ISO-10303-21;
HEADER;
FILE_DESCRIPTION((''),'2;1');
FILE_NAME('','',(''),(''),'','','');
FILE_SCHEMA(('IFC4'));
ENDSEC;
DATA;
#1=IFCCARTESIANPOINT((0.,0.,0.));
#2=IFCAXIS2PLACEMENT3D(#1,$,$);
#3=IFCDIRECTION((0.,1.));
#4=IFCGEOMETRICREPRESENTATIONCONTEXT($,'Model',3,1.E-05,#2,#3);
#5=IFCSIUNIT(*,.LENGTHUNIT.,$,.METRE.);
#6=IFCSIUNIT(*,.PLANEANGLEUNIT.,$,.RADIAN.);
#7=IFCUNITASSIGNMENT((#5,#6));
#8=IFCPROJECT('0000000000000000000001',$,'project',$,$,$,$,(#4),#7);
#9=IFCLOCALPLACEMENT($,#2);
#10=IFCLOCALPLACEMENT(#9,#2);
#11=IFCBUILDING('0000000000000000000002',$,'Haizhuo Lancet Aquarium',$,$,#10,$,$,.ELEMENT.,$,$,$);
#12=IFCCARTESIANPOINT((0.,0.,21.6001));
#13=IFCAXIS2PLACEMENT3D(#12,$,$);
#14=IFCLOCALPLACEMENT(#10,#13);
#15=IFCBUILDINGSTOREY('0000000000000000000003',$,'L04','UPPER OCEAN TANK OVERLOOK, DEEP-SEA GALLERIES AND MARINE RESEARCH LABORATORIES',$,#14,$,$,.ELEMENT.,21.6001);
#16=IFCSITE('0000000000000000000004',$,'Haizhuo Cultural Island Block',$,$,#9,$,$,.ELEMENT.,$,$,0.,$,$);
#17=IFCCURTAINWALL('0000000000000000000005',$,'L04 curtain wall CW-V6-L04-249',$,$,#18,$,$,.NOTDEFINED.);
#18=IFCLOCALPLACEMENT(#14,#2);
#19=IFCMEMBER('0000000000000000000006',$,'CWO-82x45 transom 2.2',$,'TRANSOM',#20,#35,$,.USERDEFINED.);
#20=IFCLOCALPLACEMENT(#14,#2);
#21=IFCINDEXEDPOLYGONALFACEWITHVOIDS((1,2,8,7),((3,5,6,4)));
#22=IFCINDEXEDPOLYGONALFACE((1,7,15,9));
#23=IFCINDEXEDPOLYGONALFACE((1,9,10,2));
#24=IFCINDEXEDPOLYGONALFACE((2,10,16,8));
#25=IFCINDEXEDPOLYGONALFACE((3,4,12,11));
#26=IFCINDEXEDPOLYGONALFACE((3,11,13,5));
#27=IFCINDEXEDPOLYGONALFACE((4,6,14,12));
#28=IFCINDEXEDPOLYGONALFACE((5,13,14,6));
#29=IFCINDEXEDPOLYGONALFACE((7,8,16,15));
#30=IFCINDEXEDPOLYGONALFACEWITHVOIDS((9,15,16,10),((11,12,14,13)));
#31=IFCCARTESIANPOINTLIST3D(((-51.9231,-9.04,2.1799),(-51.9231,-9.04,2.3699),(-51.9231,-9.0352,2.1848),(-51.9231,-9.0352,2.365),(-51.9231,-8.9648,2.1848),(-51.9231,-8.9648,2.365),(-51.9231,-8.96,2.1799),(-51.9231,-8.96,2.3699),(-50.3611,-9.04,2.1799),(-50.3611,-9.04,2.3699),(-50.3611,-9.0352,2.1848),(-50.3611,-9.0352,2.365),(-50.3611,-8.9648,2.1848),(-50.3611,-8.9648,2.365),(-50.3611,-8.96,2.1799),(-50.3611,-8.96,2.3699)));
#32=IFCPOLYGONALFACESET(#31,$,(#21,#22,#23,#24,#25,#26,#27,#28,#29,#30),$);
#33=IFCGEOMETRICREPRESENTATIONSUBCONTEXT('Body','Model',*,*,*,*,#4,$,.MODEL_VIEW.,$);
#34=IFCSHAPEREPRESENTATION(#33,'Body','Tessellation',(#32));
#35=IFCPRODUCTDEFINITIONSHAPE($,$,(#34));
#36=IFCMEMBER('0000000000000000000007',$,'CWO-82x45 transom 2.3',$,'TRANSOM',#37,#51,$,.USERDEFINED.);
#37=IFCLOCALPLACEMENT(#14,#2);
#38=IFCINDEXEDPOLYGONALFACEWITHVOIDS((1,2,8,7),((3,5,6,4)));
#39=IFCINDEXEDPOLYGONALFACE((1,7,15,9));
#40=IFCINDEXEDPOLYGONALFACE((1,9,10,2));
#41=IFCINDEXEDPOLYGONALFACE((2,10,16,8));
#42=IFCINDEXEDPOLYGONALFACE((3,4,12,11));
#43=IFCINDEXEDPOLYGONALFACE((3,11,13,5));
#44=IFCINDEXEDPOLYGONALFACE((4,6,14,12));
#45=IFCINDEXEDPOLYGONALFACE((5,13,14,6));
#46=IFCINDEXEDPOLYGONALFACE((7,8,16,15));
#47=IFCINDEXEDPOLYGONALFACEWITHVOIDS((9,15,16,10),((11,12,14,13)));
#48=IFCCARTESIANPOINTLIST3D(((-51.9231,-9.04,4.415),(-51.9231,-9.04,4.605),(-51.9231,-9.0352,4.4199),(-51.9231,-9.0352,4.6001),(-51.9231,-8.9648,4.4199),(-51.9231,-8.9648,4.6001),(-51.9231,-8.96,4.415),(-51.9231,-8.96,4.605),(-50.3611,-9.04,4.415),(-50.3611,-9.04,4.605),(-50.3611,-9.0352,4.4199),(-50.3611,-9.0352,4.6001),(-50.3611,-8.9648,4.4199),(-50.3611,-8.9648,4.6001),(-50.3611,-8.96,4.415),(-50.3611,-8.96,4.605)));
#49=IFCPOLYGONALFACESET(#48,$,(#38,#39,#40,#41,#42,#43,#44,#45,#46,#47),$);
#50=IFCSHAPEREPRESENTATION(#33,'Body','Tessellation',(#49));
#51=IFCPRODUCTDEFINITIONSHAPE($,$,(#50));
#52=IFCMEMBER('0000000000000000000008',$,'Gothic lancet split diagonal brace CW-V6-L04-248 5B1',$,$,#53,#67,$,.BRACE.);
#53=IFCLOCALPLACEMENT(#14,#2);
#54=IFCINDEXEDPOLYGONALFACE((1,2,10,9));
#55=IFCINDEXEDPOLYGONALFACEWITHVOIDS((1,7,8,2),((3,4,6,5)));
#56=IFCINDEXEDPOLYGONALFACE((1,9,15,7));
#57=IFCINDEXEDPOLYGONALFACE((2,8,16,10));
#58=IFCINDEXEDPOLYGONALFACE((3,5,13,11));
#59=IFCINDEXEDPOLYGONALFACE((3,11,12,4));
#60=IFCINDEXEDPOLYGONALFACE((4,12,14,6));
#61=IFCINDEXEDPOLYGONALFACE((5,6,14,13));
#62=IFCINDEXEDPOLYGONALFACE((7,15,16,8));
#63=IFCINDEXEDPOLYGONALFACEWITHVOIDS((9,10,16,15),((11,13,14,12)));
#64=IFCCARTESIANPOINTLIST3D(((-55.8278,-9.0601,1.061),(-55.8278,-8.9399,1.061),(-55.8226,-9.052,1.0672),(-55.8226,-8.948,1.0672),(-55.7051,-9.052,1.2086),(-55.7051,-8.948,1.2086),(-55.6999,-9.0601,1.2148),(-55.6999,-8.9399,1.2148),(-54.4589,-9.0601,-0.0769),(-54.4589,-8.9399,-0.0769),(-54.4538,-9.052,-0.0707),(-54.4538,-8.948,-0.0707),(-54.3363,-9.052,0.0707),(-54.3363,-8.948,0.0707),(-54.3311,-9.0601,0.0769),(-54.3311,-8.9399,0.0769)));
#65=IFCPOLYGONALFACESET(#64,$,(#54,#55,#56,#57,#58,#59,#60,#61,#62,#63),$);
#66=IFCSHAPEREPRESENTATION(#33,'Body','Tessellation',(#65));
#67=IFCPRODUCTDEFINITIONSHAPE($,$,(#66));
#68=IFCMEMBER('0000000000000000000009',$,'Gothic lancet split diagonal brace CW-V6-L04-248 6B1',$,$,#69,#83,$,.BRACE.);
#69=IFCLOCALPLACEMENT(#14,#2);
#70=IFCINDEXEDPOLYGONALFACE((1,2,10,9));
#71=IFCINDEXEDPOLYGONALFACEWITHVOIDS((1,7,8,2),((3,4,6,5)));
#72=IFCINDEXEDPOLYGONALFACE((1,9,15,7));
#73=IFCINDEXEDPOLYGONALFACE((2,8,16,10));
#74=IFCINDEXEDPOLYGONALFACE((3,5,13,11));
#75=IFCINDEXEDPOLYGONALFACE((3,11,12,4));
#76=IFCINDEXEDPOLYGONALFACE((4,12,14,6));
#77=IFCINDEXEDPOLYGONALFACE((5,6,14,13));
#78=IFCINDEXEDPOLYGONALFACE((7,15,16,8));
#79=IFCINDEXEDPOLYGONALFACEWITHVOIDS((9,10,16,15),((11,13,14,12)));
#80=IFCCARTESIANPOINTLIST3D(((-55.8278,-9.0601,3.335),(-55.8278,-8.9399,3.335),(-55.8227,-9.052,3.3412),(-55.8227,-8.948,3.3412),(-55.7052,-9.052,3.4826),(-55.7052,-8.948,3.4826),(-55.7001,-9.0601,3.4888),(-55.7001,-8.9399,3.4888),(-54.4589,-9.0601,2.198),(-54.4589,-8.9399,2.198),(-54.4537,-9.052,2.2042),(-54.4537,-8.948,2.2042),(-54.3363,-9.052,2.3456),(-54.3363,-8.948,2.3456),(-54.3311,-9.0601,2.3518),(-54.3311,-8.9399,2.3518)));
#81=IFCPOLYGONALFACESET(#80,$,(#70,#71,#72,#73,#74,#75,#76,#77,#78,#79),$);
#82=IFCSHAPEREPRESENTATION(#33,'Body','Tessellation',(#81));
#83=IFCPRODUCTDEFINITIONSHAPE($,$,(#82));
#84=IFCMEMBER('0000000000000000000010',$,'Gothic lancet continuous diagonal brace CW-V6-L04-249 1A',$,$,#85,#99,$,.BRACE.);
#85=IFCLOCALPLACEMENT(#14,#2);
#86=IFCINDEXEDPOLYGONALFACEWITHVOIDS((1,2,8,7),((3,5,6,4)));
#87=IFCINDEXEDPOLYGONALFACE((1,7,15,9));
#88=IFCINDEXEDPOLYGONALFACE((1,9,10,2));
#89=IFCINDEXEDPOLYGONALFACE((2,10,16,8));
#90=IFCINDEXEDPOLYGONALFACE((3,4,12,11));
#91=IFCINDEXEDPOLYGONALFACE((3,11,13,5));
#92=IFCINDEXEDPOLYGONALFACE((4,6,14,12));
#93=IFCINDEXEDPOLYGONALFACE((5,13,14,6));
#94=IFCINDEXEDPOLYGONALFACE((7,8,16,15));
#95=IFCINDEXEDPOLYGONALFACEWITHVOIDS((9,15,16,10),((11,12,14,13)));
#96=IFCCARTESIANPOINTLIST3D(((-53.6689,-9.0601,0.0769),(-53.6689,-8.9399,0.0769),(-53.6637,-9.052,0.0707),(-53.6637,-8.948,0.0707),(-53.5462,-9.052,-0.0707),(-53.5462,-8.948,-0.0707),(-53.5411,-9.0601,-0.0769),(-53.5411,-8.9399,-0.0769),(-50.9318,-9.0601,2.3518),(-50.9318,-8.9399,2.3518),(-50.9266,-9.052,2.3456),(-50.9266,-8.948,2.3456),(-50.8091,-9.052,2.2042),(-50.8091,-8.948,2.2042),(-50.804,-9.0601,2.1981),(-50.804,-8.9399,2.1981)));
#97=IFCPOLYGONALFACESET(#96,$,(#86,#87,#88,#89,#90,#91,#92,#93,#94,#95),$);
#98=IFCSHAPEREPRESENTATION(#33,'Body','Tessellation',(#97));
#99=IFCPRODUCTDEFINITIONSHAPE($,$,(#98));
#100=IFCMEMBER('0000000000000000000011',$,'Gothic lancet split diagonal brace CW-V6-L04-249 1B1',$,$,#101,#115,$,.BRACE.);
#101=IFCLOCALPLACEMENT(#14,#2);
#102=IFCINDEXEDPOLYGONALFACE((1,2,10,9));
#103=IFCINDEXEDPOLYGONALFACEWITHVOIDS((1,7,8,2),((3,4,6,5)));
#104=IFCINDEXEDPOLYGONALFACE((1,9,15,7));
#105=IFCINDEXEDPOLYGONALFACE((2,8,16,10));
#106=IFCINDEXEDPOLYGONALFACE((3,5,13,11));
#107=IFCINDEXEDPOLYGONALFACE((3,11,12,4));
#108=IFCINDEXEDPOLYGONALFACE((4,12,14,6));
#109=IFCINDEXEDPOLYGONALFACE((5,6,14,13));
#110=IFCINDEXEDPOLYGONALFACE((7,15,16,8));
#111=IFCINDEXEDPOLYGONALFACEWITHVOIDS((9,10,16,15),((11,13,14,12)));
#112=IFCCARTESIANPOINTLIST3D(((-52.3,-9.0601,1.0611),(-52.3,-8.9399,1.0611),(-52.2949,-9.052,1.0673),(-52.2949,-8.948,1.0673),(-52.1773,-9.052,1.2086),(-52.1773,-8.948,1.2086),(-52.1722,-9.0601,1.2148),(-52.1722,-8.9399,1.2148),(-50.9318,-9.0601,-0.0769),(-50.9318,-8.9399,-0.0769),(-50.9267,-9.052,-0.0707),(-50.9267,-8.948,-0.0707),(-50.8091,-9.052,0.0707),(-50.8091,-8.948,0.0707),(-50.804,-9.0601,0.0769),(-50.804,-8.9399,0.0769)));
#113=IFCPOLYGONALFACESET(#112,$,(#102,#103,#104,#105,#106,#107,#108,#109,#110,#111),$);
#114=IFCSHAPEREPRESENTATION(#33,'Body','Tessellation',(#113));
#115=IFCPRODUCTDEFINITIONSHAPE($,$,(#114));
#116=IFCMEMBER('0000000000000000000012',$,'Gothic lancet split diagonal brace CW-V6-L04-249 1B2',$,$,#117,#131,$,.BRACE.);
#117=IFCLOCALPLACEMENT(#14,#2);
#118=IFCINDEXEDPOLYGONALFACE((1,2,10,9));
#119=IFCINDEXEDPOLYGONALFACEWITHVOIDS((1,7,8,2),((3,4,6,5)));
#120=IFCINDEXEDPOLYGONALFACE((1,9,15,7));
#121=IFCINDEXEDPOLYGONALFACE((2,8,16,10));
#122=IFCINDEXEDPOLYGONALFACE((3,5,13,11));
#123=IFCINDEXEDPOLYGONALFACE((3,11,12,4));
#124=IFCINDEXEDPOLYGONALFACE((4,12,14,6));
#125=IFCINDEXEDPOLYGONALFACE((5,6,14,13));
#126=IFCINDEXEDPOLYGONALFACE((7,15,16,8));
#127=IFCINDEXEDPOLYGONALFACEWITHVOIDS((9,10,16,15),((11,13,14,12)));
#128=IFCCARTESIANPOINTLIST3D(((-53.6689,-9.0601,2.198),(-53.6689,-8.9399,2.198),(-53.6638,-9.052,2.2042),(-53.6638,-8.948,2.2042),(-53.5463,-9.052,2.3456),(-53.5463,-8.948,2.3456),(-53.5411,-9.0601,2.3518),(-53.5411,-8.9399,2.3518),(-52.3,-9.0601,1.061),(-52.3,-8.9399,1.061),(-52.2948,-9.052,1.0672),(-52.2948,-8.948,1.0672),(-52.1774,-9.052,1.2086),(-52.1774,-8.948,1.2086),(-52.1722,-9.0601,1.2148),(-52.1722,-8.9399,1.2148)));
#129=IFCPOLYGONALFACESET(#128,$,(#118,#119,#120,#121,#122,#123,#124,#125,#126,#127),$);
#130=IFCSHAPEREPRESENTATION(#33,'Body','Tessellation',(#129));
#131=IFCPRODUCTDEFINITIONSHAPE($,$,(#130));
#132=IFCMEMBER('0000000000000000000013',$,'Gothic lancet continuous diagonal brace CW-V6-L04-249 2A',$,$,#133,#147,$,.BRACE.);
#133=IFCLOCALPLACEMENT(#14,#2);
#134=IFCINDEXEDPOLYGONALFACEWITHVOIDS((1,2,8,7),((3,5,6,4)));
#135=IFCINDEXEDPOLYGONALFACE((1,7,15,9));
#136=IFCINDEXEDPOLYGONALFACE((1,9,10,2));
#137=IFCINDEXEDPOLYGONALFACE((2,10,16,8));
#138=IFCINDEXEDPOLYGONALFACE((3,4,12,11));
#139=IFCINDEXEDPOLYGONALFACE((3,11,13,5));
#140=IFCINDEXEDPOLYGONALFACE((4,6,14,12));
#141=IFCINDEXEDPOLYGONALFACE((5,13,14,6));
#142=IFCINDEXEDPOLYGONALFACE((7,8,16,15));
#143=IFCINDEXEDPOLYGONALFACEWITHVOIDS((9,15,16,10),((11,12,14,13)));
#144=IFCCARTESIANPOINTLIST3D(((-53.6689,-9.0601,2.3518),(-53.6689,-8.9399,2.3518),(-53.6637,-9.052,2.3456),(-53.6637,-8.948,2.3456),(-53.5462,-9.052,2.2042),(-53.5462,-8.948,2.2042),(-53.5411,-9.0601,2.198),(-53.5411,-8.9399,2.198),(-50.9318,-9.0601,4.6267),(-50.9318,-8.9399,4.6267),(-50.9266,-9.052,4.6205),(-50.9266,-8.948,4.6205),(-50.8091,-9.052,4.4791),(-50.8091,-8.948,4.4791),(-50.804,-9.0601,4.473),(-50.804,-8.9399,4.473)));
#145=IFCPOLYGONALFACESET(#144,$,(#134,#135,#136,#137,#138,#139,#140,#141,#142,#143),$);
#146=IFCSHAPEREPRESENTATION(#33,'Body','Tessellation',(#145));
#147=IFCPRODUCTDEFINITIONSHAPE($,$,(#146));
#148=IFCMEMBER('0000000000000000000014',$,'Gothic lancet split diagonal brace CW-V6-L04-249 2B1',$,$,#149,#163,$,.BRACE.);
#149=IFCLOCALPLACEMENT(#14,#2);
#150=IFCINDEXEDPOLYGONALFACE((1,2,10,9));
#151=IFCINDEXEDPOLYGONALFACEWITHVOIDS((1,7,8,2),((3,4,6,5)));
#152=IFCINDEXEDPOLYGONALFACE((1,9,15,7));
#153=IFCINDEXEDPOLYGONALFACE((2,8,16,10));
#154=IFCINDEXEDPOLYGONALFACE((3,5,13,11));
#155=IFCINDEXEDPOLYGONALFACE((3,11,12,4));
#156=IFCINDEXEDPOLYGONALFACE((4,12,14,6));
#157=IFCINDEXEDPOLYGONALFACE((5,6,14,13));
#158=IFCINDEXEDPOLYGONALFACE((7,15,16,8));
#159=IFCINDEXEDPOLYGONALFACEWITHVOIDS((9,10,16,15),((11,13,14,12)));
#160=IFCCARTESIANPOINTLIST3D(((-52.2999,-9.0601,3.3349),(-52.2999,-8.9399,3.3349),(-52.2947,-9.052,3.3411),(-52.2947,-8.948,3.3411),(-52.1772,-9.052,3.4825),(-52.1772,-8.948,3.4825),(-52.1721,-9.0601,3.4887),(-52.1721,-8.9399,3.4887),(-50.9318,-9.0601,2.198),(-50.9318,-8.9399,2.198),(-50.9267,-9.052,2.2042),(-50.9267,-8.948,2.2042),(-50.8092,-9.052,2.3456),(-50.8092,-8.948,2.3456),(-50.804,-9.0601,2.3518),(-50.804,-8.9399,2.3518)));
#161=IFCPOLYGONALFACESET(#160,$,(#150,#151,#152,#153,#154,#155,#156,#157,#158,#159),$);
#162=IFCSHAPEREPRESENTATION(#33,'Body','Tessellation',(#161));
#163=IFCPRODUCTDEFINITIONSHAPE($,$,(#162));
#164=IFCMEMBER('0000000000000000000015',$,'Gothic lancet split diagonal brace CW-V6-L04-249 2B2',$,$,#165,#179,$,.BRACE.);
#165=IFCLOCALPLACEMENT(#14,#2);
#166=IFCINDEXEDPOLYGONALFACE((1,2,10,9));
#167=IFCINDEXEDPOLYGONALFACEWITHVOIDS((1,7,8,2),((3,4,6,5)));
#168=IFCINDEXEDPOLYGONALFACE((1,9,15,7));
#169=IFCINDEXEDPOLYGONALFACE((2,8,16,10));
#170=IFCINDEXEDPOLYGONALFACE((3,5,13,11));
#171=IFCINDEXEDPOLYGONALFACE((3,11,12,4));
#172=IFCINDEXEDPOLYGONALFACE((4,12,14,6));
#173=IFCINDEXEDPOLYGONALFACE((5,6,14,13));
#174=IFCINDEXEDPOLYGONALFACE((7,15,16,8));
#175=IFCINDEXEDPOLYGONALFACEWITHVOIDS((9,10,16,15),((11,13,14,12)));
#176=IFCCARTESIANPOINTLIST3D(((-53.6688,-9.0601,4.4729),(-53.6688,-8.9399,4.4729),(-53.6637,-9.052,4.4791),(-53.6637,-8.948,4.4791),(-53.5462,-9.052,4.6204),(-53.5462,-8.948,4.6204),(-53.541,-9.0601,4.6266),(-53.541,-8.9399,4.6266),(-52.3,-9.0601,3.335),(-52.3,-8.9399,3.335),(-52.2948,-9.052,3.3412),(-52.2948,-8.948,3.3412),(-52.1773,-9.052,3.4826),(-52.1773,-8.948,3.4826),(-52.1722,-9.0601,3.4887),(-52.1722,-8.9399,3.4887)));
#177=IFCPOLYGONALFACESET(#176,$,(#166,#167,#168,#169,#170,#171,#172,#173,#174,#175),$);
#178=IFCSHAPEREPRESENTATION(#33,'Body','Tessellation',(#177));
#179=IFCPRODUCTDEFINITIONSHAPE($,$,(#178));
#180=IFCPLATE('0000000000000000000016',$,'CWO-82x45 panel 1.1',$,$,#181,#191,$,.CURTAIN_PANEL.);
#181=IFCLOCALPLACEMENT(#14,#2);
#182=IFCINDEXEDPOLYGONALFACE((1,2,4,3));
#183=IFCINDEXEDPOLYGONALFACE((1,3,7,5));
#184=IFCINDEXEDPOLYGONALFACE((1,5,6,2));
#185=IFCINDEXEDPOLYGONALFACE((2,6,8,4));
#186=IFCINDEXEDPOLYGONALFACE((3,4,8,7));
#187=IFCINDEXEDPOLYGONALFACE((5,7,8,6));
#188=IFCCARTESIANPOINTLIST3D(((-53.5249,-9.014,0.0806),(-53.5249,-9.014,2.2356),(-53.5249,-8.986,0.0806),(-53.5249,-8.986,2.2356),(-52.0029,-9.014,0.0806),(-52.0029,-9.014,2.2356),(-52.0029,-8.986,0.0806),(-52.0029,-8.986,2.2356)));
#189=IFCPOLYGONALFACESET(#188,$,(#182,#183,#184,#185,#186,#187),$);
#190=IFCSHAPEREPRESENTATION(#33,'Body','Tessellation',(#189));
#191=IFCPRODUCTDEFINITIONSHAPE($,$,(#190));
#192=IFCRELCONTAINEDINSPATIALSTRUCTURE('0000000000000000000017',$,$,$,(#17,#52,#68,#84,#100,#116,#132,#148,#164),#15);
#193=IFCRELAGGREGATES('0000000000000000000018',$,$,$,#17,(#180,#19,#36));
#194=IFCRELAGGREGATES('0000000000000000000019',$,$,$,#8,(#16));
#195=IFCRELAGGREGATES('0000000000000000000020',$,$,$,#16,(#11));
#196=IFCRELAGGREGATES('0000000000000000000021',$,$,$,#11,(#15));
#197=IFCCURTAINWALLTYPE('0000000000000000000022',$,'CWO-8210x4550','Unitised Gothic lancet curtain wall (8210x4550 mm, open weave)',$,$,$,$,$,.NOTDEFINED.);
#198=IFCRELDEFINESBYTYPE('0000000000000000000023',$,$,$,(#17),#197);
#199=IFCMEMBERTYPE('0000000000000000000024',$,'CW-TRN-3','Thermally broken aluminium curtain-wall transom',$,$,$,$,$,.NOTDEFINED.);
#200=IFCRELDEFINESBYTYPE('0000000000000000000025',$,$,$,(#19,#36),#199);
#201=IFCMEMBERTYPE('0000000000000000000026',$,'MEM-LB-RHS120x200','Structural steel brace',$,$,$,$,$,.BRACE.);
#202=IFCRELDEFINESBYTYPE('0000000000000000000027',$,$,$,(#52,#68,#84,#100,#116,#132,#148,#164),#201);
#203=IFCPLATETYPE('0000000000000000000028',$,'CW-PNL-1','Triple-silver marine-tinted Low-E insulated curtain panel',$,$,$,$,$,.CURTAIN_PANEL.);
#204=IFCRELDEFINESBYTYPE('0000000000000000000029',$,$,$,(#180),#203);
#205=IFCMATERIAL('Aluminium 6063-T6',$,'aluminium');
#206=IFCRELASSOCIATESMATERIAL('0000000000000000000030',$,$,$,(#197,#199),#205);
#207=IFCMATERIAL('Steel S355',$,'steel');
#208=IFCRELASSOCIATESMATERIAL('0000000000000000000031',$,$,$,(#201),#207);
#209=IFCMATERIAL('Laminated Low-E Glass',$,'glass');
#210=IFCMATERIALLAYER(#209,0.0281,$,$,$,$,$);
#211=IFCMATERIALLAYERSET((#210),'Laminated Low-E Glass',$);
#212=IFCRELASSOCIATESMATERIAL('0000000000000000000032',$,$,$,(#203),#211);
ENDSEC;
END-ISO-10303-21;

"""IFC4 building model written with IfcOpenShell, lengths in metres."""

from ifc_helpers import new_model, si_unit, direction, frame, origin, origin_2d, place, context, subcontext, project, spatial, rectangle, hollow_rectangle, extrude, material, layer, layer_set, material_profile, profile_set, type_object, element, aggregate, save


model = new_model("IFC4")

# Units and contexts
model_context = context("Model", 3, precision=1e-05, world=origin(), true_north=direction((0.0, 1.0)))
body_context = subcontext(model_context, "Body", "Model", "MODEL_VIEW")
ifc_project = project(units=[si_unit("LENGTHUNIT", "METRE"), si_unit("PLANEANGLEUNIT", "RADIAN")], contexts=[model_context])

# Site, building, storey
site_placement = place(None, origin())
site = spatial("IfcSite", under=ifc_project, at=site_placement, Name="Haizhuo Cultural Island Block", CompositionType="ELEMENT", RefElevation=0.0)
building_placement = place(site_placement, origin())
building = spatial("IfcBuilding", under=site, at=building_placement, Name="Haizhuo Lancet Aquarium", CompositionType="ELEMENT")
storey_placement = place(building_placement, frame((0.0, 0.0, 21.6001)))
storey = spatial("IfcBuildingStorey", under=building, at=storey_placement, Name="L04", Description="UPPER OCEAN TANK OVERLOOK, DEEP-SEA GALLERIES AND MARINE RESEARCH LABORATORIES", CompositionType="ELEMENT", Elevation=21.6001)

# Shared definitions
ifc_material_1 = material(Name="Steel S355", Category="steel")

# Shared definitions
ifc_material_2 = material(Name="Aluminium 6063-T6", Category="aluminium")
curtain_wall_type = type_object("IfcCurtainWallType", Name="CWO-8210x4550", Description="Unitised Gothic lancet curtain wall (8210x4550 mm, open weave)", PredefinedType="NOTDEFINED", material=ifc_material_2)

# Curtain wall, members
curtain_wall_1_placement = place(storey_placement, origin())
curtain_wall_1 = element("IfcCurtainWall", 1, at=curtain_wall_1_placement, inside=storey, type_object=curtain_wall_type, Name="L04 curtain wall CW-V6-L04-249", PredefinedType="NOTDEFINED")
ifc_material_profile_1 = material_profile(ifc_material_2, hollow_rectangle(XDim=0.0801, YDim=0.1899, WallThickness=0.0049, at=origin_2d()), Name="ALU-T 80x190x5")
ifc_profile_set_1 = profile_set([ifc_material_profile_1], Name="Aluminium 6063-T6")
member_type_1 = type_object("IfcMemberType", Name="CW-TRN-3", Description="Thermally broken aluminium curtain-wall transom", PredefinedType="NOTDEFINED", material=ifc_profile_set_1)
member_1_placement = place(storey_placement, frame((-51.9231, -9.0, 2.2749), z_axis=(1.0, 0.0, 0.0), x_axis=(0.0, 1.0, 0.0)))
member_1 = element("IfcMember", 2, at=member_1_placement, type_object=member_type_1, Name="CWO-82x45 transom 2.2", ObjectType="TRANSOM", PredefinedType="USERDEFINED", context=body_context, shape_type="SweptSolid", body=[
    extrude(hollow_rectangle(XDim=0.0801, YDim=0.1899, WallThickness=0.0049, at=origin_2d()), origin(), (0.0, 0.0, 1.0), 1.562),
])
member_2_placement = place(storey_placement, frame((-51.9231, -9.0, 4.51), z_axis=(1.0, 0.0, 0.0), x_axis=(0.0, 1.0, 0.0)))
member_2 = element("IfcMember", 3, at=member_2_placement, type_object=member_type_1, Name="CWO-82x45 transom 2.3", ObjectType="TRANSOM", PredefinedType="USERDEFINED", context=body_context, shape_type="SweptSolid", body=[
    extrude(hollow_rectangle(XDim=0.0801, YDim=0.1899, WallThickness=0.0049, at=origin_2d()), origin(), (0.0, 0.0, 1.0), 1.562),
])

# Members
ifc_material_profile_2 = material_profile(ifc_material_1, hollow_rectangle(XDim=0.1201, YDim=0.2, WallThickness=0.0081, at=origin_2d()), Name="RHS 120x200x8")
ifc_profile_set_2 = profile_set([ifc_material_profile_2], Name="Steel S355")
member_type_2 = type_object("IfcMemberType", Name="MEM-LB-RHS120x200", Description="Structural steel brace", PredefinedType="BRACE", material=ifc_profile_set_2)
member_3_placement = place(storey_placement, frame((-54.395, -9.0, 0.0), z_axis=(-0.768996, 0.0, 0.639253), x_axis=(0.0, -1.0, 0.0)))
element("IfcMember", 4, at=member_3_placement, inside=storey, type_object=member_type_2, Name="Gothic lancet split diagonal brace CW-V6-L04-248 5B1", PredefinedType="BRACE", context=body_context, shape_type="SweptSolid", body=[
    extrude(hollow_rectangle(XDim=0.1201, YDim=0.2, WallThickness=0.0081, at=origin_2d()), origin(), (0.0, 0.0, 1.0), 1.78),
])
member_4_placement = place(storey_placement, frame((-54.395, -9.0, 2.2749), z_axis=(-0.769266, 0.0, 0.638929), x_axis=(0.0, -1.0, 0.0)))
element("IfcMember", 5, at=member_4_placement, inside=storey, type_object=member_type_2, Name="Gothic lancet split diagonal brace CW-V6-L04-248 6B1", PredefinedType="BRACE", context=body_context, shape_type="SweptSolid", body=[
    extrude(hollow_rectangle(XDim=0.1201, YDim=0.2, WallThickness=0.0081, at=origin_2d()), origin(), (0.0, 0.0, 1.0), 1.7795),
])
member_5_placement = place(storey_placement, frame((-53.605, -9.0, 0.0), z_axis=(0.769047, 0.0, 0.639192), x_axis=(0.0, 1.0, 0.0)))
element("IfcMember", 6, at=member_5_placement, inside=storey, type_object=member_type_2, Name="Gothic lancet continuous diagonal brace CW-V6-L04-249 1A", PredefinedType="BRACE", context=body_context, shape_type="SweptSolid", body=[
    extrude(hollow_rectangle(XDim=0.1201, YDim=0.2, WallThickness=0.0081, at=origin_2d()), origin(), (0.0, 0.0, 1.0), 3.5591),
])
for number, where, z_axis, x_axis, name in (
    (7, (-50.8679, -9.0, 0.0), (-0.768828, 0.0, 0.639455), (0.0, -1.0, 0.0), "Gothic lancet split diagonal brace CW-V6-L04-249 1B1"),
    (8, (-52.2361, -9.0, 1.1379), (-0.769266, 0.0, 0.638929), (0.0, -1.0, 0.0), "Gothic lancet split diagonal brace CW-V6-L04-249 1B2"),
):
    element("IfcMember", number, at=place(storey_placement, frame(where, z_axis=z_axis, x_axis=x_axis)), inside=storey, type_object=member_type_2, Name=name, PredefinedType="BRACE", context=body_context, shape_type="SweptSolid", body=[
        extrude(hollow_rectangle(XDim=0.1201, YDim=0.2, WallThickness=0.0081, at=origin_2d()), origin(), (0.0, 0.0, 1.0), 1.7795),
    ])
member_6_placement = place(storey_placement, frame((-53.605, -9.0, 2.2749), z_axis=(0.769047, 0.0, 0.639192), x_axis=(0.0, 1.0, 0.0)))
element("IfcMember", 9, at=member_6_placement, inside=storey, type_object=member_type_2, Name="Gothic lancet continuous diagonal brace CW-V6-L04-249 2A", PredefinedType="BRACE", context=body_context, shape_type="SweptSolid", body=[
    extrude(hollow_rectangle(XDim=0.1201, YDim=0.2, WallThickness=0.0081, at=origin_2d()), origin(), (0.0, 0.0, 1.0), 3.5591),
])
member_7_placement = place(storey_placement, frame((-50.8679, -9.0, 2.2749), z_axis=(-0.769098, 0.0, 0.639131), x_axis=(0.0, -1.0, 0.0)))
element("IfcMember", 10, at=member_7_placement, inside=storey, type_object=member_type_2, Name="Gothic lancet split diagonal brace CW-V6-L04-249 2B1", PredefinedType="BRACE", context=body_context, shape_type="SweptSolid", body=[
    extrude(hollow_rectangle(XDim=0.1201, YDim=0.2, WallThickness=0.0081, at=origin_2d()), origin(), (0.0, 0.0, 1.0), 1.7788),
])
member_8_placement = place(storey_placement, frame((-52.2361, -9.0, 3.4119), z_axis=(-0.768996, 0.0, 0.639253), x_axis=(0.0, -1.0, 0.0)))
element("IfcMember", 11, at=member_8_placement, inside=storey, type_object=member_type_2, Name="Gothic lancet split diagonal brace CW-V6-L04-249 2B2", PredefinedType="BRACE", context=body_context, shape_type="SweptSolid", body=[
    extrude(hollow_rectangle(XDim=0.1201, YDim=0.2, WallThickness=0.0081, at=origin_2d()), origin(), (0.0, 0.0, 1.0), 1.78),
])

# Plate
ifc_material_3 = material(Name="Laminated Low-E Glass", Category="glass")
ifc_layer_1 = layer(ifc_material_3, 0.0281)
ifc_layer_set_1 = layer_set([ifc_layer_1], Name="Laminated Low-E Glass")
plate_type_1 = type_object("IfcPlateType", Name="CW-PNL-1", Description="Triple-silver marine-tinted Low-E insulated curtain panel", PredefinedType="CURTAIN_PANEL", material=ifc_layer_set_1)
plate_1_placement = place(storey_placement, frame((-52.7639, -9.0, 0.0806), z_axis=(0.0, 0.0, 1.0), x_axis=(1.0, 0.0, 0.0)))
plate_1 = element("IfcPlate", 12, at=plate_1_placement, type_object=plate_type_1, Name="CWO-82x45 panel 1.1", PredefinedType="CURTAIN_PANEL", context=body_context, shape_type="SweptSolid", body=[
    extrude(rectangle(XDim=1.522, YDim=0.0281, at=origin_2d()), origin(), (0.0, 0.0, 1.0), 2.155),
])
aggregate(curtain_wall_1, [plate_1, member_1, member_2])

save(model, "model.ifc")
